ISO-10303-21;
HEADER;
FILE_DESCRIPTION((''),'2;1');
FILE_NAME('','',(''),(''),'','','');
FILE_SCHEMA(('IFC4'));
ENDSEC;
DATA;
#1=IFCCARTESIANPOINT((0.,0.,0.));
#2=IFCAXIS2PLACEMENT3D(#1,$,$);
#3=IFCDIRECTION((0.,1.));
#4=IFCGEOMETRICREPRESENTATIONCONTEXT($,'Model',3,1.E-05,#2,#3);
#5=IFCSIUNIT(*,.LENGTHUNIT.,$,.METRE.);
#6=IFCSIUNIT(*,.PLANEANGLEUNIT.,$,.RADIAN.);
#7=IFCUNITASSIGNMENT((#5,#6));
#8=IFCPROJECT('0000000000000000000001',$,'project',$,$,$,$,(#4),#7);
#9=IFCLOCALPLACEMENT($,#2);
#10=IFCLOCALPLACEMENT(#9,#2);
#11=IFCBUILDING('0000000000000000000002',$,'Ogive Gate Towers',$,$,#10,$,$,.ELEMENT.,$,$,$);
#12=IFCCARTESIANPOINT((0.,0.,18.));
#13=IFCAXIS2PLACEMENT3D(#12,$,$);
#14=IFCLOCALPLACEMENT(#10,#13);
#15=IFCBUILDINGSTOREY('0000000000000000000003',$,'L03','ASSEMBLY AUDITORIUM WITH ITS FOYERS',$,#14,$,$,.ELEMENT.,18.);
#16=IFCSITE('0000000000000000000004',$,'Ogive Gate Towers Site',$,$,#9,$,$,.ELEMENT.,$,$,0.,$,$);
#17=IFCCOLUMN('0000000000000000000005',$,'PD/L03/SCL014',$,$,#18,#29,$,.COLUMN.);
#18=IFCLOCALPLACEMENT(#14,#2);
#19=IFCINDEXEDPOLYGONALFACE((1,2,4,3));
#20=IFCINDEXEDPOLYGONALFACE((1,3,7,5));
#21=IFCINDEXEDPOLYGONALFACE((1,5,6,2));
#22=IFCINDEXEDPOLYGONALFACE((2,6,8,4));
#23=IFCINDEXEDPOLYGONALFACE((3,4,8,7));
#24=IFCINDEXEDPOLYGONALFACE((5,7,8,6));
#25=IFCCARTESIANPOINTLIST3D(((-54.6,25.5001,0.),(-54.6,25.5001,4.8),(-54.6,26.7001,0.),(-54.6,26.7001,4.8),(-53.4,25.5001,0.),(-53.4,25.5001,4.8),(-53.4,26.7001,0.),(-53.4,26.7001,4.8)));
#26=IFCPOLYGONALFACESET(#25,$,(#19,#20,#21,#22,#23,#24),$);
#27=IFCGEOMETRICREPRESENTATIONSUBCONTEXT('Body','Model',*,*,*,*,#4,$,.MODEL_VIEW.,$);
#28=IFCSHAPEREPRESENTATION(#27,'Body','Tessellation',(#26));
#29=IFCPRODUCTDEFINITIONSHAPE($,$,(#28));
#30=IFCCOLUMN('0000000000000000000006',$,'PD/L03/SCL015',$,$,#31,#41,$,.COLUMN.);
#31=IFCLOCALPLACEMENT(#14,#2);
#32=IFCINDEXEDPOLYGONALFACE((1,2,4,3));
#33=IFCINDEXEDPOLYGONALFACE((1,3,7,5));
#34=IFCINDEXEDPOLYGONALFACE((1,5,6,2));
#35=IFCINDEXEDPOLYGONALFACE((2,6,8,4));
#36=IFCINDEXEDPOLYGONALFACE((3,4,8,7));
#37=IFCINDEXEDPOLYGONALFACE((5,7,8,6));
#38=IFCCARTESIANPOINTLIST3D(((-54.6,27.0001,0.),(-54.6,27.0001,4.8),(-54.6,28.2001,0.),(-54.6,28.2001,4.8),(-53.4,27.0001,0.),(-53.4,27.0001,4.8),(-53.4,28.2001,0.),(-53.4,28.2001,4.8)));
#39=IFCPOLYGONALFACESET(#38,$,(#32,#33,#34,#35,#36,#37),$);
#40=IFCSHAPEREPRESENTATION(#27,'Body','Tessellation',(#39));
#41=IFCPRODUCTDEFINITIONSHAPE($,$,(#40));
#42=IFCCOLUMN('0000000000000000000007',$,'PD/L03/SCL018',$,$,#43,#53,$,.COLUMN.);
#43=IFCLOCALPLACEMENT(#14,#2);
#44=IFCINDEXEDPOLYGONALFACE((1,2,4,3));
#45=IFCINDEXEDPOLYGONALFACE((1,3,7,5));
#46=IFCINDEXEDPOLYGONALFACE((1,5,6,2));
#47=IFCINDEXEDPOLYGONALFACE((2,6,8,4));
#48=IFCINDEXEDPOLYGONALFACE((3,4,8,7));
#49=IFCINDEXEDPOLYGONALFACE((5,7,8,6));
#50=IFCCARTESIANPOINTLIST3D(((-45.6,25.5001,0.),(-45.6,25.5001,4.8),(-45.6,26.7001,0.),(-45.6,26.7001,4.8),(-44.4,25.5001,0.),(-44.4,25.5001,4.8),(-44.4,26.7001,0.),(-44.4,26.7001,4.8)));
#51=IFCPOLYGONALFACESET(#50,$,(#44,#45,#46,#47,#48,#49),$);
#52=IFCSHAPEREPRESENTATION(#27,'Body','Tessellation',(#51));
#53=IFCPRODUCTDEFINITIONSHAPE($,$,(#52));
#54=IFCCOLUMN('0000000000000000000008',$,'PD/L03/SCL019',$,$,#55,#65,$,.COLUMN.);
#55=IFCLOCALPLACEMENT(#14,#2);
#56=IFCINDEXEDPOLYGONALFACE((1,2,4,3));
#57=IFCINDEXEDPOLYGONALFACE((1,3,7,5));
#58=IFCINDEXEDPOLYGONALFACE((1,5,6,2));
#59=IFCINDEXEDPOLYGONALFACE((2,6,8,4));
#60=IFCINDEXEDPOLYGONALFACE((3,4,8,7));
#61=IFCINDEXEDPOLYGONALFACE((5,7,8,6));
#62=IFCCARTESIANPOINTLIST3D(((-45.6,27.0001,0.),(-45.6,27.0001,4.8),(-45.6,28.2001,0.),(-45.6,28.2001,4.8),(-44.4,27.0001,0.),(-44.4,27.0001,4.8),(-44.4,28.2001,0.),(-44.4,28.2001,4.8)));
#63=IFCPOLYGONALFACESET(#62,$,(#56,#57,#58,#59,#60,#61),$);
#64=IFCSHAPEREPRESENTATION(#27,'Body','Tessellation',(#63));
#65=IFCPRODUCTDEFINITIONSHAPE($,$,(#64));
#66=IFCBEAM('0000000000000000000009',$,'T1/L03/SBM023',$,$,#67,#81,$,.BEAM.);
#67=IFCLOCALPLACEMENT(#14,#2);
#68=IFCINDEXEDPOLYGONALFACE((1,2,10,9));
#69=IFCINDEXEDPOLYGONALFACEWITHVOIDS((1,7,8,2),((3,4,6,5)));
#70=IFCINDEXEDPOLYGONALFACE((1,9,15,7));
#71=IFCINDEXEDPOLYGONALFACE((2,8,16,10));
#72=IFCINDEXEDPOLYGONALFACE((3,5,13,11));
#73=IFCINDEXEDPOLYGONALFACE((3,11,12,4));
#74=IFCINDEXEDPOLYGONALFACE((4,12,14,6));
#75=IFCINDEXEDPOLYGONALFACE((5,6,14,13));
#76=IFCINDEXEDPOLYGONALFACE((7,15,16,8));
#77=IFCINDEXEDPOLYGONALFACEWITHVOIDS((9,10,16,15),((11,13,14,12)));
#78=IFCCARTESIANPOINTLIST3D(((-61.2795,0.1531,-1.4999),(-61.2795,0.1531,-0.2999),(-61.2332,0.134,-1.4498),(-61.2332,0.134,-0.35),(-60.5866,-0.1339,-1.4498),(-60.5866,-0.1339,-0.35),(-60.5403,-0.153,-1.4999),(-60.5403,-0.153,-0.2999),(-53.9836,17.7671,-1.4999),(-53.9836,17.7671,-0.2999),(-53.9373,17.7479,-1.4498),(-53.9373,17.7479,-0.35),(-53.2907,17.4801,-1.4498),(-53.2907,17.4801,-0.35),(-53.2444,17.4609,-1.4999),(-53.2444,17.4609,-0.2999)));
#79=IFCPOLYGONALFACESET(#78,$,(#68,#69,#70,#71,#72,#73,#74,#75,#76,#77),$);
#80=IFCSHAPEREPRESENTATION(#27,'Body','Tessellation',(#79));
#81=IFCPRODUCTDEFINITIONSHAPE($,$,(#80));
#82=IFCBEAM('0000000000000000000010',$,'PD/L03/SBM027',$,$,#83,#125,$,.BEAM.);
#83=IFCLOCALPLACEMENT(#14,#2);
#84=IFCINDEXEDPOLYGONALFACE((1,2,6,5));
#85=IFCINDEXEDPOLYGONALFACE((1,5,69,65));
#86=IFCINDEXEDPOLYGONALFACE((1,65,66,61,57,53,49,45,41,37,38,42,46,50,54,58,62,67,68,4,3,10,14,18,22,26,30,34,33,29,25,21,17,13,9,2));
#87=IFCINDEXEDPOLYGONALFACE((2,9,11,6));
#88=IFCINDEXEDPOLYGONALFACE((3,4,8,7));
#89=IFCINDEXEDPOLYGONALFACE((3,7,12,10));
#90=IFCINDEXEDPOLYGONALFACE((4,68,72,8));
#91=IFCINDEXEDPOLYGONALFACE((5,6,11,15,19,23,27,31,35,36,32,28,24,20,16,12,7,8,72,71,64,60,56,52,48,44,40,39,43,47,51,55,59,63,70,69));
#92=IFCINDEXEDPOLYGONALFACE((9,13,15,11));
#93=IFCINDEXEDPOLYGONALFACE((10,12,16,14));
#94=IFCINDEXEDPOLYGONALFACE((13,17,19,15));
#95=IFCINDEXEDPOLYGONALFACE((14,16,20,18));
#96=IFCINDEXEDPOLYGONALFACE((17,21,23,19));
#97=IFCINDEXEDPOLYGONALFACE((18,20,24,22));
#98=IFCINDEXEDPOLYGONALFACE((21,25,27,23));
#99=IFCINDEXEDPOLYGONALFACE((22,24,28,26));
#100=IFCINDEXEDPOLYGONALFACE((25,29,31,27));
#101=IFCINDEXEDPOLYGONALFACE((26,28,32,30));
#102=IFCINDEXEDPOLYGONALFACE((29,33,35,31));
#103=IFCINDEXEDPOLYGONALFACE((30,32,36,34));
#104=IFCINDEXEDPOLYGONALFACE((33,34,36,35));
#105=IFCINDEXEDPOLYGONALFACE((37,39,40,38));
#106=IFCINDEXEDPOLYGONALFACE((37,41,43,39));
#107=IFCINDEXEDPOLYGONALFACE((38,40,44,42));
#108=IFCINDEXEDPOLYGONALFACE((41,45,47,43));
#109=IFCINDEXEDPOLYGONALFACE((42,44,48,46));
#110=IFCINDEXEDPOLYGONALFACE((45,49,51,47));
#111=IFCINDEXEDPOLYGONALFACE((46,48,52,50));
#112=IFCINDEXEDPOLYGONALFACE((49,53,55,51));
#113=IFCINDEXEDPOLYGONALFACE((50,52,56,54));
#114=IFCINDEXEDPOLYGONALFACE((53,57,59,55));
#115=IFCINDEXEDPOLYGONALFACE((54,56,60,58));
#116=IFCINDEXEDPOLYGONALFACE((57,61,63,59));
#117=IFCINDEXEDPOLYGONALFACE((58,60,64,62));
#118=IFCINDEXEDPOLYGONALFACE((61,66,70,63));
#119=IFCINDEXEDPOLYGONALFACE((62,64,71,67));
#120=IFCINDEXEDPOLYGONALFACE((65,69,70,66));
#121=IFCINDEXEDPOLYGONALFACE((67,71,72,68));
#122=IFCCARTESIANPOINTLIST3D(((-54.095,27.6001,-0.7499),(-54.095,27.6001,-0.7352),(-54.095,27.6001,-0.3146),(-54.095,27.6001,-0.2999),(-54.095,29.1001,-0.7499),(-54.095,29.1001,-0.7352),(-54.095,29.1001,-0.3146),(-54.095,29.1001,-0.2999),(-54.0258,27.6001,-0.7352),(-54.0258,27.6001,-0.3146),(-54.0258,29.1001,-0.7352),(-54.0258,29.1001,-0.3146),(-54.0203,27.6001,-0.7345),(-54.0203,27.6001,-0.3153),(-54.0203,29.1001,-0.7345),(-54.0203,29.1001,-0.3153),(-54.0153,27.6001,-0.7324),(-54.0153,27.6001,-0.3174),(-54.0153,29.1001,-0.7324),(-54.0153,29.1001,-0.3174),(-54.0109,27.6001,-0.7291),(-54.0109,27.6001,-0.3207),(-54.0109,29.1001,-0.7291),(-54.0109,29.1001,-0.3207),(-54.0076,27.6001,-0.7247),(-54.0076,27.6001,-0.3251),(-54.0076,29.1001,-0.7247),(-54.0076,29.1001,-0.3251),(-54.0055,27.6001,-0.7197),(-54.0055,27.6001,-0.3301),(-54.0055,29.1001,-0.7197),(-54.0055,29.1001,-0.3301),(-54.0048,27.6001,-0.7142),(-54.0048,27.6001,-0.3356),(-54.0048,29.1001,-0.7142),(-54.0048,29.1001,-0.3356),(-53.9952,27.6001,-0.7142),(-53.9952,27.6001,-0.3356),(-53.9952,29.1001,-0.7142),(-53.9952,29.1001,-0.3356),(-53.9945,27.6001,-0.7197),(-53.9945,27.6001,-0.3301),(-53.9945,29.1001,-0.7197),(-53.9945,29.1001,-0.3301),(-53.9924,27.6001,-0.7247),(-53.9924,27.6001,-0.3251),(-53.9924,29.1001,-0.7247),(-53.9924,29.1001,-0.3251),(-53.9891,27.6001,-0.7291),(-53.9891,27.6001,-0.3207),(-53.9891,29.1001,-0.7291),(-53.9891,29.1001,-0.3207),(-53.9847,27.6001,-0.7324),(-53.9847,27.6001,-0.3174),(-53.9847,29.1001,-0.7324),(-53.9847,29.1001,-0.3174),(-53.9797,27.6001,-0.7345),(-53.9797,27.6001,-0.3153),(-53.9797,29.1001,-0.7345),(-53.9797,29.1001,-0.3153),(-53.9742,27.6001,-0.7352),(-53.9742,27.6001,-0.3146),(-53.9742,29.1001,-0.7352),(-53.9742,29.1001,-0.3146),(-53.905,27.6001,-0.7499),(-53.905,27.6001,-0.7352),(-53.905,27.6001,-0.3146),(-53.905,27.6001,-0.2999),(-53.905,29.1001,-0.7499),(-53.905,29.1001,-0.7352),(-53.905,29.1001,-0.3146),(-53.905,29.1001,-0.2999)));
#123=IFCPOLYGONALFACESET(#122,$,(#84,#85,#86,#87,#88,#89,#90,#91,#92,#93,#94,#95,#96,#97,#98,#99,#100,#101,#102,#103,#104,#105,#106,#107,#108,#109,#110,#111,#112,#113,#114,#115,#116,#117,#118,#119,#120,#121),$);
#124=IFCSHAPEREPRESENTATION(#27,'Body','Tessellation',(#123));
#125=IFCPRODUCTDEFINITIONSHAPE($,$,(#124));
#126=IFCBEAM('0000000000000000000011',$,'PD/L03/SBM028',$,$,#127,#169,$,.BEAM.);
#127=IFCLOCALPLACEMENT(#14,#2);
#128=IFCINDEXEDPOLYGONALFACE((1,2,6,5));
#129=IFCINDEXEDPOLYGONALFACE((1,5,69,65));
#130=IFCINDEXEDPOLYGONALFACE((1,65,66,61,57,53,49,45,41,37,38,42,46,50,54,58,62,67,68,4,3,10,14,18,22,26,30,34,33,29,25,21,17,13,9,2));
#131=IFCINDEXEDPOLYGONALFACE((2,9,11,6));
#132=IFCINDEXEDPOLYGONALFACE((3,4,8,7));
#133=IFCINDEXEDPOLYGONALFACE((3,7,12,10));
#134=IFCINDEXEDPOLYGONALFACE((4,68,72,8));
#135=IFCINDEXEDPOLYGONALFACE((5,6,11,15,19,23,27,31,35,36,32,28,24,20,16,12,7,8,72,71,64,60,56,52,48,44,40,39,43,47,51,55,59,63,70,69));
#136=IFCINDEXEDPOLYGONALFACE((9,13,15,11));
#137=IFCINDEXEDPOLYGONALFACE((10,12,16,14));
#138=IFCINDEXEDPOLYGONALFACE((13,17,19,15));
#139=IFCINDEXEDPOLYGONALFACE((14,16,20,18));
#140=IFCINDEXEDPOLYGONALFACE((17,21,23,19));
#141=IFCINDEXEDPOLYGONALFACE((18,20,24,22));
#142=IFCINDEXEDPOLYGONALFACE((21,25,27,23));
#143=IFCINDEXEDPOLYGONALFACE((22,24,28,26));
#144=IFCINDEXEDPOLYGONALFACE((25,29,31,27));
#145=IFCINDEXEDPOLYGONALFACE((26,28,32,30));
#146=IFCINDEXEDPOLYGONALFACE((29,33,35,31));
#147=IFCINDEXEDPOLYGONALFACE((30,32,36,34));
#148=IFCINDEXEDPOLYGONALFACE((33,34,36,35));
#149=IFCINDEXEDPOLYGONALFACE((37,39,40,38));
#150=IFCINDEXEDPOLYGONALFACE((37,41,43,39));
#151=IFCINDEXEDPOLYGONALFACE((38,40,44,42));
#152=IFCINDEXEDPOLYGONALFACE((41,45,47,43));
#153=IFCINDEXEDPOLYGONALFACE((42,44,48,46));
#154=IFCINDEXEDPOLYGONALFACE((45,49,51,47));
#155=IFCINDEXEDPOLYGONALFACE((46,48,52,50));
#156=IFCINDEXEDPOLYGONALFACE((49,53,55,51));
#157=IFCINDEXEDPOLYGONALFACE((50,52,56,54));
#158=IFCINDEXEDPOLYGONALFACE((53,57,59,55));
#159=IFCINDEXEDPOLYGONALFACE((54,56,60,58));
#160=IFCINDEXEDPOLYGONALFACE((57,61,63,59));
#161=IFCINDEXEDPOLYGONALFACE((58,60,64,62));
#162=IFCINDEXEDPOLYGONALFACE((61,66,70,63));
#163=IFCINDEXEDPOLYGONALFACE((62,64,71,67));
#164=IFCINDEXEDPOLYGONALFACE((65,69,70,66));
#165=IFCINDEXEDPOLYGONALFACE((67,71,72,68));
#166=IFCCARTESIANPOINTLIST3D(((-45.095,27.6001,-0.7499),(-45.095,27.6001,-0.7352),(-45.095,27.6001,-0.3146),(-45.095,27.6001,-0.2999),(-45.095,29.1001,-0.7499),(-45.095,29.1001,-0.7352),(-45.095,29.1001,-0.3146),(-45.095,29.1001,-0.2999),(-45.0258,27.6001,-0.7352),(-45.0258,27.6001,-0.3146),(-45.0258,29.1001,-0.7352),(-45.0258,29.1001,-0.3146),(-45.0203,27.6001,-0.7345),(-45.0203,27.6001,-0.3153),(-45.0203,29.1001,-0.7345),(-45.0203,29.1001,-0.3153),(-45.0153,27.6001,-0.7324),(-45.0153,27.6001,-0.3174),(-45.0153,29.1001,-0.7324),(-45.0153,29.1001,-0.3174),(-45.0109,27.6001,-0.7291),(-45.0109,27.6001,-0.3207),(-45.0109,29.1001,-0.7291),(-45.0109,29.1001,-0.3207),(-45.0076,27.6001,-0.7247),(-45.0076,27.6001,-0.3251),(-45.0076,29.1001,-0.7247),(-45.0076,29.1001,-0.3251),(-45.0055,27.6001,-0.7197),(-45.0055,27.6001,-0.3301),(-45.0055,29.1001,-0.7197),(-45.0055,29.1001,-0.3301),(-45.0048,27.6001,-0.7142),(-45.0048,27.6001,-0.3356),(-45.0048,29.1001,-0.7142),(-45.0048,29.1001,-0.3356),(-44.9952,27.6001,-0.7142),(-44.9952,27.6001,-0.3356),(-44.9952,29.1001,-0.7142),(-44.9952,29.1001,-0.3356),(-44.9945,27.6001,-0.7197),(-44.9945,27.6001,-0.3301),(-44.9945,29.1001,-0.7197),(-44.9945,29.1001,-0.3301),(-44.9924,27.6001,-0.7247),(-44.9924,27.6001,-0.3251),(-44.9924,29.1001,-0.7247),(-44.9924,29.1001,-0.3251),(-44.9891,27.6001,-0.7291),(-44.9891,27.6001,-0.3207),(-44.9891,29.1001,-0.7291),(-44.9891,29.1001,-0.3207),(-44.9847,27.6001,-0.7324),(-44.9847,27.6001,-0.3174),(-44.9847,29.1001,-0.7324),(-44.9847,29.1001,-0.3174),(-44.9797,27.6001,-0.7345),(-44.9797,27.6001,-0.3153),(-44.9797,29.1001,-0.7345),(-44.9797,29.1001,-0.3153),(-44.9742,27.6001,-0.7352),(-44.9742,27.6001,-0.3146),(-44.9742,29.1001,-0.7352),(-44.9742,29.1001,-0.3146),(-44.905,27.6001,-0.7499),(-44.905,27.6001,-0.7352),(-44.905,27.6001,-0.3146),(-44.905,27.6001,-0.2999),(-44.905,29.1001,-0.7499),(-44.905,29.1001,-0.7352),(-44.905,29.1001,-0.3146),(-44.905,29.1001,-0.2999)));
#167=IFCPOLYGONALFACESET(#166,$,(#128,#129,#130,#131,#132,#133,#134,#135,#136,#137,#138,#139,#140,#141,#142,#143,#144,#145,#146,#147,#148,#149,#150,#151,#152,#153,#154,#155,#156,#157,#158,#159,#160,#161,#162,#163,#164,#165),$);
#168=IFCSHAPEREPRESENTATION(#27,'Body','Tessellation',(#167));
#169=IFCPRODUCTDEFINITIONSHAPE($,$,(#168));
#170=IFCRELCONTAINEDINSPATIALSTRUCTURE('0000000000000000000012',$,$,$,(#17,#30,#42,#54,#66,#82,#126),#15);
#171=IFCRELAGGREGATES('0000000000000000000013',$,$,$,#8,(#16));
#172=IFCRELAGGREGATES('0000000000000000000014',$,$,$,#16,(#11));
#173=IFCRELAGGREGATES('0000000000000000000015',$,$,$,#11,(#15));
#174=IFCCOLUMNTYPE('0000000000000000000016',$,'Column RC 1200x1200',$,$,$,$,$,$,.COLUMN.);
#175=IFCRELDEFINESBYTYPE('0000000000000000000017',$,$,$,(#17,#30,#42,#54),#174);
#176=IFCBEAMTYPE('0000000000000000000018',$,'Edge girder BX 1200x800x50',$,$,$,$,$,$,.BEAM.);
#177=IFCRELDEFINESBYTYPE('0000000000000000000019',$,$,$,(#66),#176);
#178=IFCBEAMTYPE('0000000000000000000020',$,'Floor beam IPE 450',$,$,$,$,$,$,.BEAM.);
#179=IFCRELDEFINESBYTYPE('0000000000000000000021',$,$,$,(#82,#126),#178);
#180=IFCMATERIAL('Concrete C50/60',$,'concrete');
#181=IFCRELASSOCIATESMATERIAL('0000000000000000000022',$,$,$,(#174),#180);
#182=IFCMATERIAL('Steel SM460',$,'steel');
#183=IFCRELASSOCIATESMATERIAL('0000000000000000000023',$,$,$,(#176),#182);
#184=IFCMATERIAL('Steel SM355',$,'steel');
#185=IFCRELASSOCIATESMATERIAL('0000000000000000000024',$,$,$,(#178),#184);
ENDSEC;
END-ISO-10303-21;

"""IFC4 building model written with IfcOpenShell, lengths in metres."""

from ifc_helpers import new_model, si_unit, direction, frame, origin, origin_2d, place, context, subcontext, project, spatial, rectangle, hollow_rectangle, i_section, extrude, material, material_profile, profile_set, type_object, element, save


model = new_model("IFC4")

# Units and contexts
model_context = context("Model", 3, precision=1e-05, world=origin(), true_north=direction((0.0, 1.0)))
body_context = subcontext(model_context, "Body", "Model", "MODEL_VIEW")
ifc_project = project(units=[si_unit("LENGTHUNIT", "METRE"), si_unit("PLANEANGLEUNIT", "RADIAN")], contexts=[model_context])

# Site, building, storey
site_placement = place(None, origin())
site = spatial("IfcSite", under=ifc_project, at=site_placement, Name="Ogive Gate Towers Site", CompositionType="ELEMENT", RefElevation=0.0)
building_placement = place(site_placement, origin())
building = spatial("IfcBuilding", under=site, at=building_placement, Name="Ogive Gate Towers", CompositionType="ELEMENT")
storey_placement = place(building_placement, frame((0.0, 0.0, 18.0)))
storey = spatial("IfcBuildingStorey", under=building, at=storey_placement, Name="L03", Description="ASSEMBLY AUDITORIUM WITH ITS FOYERS", CompositionType="ELEMENT", Elevation=18.0)

# Columns
ifc_material_1 = material(Name="Concrete C50/60", Category="concrete")
ifc_material_profile_1 = material_profile(ifc_material_1, rectangle(XDim=1.2, YDim=1.2, at=origin_2d()), Name="RC 1200x1200")
ifc_profile_set_1 = profile_set([ifc_material_profile_1], Name="Concrete C50/60")
column_type = type_object("IfcColumnType", Name="Column RC 1200x1200", PredefinedType="COLUMN", material=ifc_profile_set_1)
for number, where, z_axis, x_axis, name in (
    (1, (-54.0, 26.1001, 0.0), (0.0, 0.0, 1.0), (1.0, 0.0, 0.0), "PD/L03/SCL014"),
    (2, (-54.0, 27.6001, 0.0), (0.0, 0.0, 1.0), (1.0, 0.0, 0.0), "PD/L03/SCL015"),
    (3, (-45.0, 26.1001, 0.0), (0.0, 0.0, 1.0), (1.0, 0.0, 0.0), "PD/L03/SCL018"),
    (4, (-45.0, 27.6001, 0.0), (0.0, 0.0, 1.0), (1.0, 0.0, 0.0), "PD/L03/SCL019"),
):
    element("IfcColumn", number, at=place(storey_placement, frame(where, z_axis=z_axis, x_axis=x_axis)), inside=storey, type_object=column_type, Name=name, PredefinedType="COLUMN", context=body_context, shape_type="SweptSolid", body=[
        extrude(rectangle(XDim=1.2, YDim=1.2, at=origin_2d()), origin(), (0.0, 0.0, 1.0), 4.8),
    ])

# Beams
ifc_material_2 = material(Name="Steel SM460", Category="steel")
ifc_material_profile_2 = material_profile(ifc_material_2, hollow_rectangle(XDim=0.8, YDim=1.2, WallThickness=0.05, at=origin_2d()), Name="BX 1200x800x50")
ifc_profile_set_2 = profile_set([ifc_material_profile_2], Name="Steel SM460")
beam_type_1 = type_object("IfcBeamType", Name="Edge girder BX 1200x800x50", PredefinedType="BEAM", material=ifc_profile_set_2)
beam_1_placement = place(storey_placement, frame((-53.614, 17.614, -0.8999), z_axis=(-0.382681, -0.923881, 0.0), x_axis=(0.923881, -0.382681, 0.0)))
element("IfcBeam", 5, at=beam_1_placement, inside=storey, type_object=beam_type_1, Name="T1/L03/SBM023", PredefinedType="BEAM", context=body_context, shape_type="SweptSolid", body=[
    extrude(hollow_rectangle(XDim=0.8, YDim=1.2, WallThickness=0.05, at=origin_2d()), origin(), (0.0, 0.0, 1.0), 19.0652),
])
ifc_material_3 = material(Name="Steel SM355", Category="steel")
ifc_material_profile_3 = material_profile(ifc_material_3, i_section(OverallWidth=0.1899, OverallDepth=0.45, WebThickness=0.0095, FlangeThickness=0.0146, FilletRadius=0.021, at=origin_2d()), Name="IPE 450")
ifc_profile_set_3 = profile_set([ifc_material_profile_3], Name="Steel SM355")
beam_type_2 = type_object("IfcBeamType", Name="Floor beam IPE 450", PredefinedType="BEAM", material=ifc_profile_set_3)
for number, where, z_axis, x_axis, name in (
    (6, (-54.0, 27.6001, -0.5249), (0.0, 1.0, 0.0), (-1.0, 0.0, 0.0), "PD/L03/SBM027"),
    (7, (-45.0, 27.6001, -0.5249), (0.0, 1.0, 0.0), (-1.0, 0.0, 0.0), "PD/L03/SBM028"),
):
    element("IfcBeam", number, at=place(storey_placement, frame(where, z_axis=z_axis, x_axis=x_axis)), inside=storey, type_object=beam_type_2, Name=name, PredefinedType="BEAM", context=body_context, shape_type="SweptSolid", body=[
        extrude(i_section(OverallWidth=0.1899, OverallDepth=0.45, WebThickness=0.0095, FlangeThickness=0.0146, FilletRadius=0.021, at=origin_2d()), origin(), (0.0, 0.0, 1.0), 1.5),
    ])

save(model, "model.ifc")
